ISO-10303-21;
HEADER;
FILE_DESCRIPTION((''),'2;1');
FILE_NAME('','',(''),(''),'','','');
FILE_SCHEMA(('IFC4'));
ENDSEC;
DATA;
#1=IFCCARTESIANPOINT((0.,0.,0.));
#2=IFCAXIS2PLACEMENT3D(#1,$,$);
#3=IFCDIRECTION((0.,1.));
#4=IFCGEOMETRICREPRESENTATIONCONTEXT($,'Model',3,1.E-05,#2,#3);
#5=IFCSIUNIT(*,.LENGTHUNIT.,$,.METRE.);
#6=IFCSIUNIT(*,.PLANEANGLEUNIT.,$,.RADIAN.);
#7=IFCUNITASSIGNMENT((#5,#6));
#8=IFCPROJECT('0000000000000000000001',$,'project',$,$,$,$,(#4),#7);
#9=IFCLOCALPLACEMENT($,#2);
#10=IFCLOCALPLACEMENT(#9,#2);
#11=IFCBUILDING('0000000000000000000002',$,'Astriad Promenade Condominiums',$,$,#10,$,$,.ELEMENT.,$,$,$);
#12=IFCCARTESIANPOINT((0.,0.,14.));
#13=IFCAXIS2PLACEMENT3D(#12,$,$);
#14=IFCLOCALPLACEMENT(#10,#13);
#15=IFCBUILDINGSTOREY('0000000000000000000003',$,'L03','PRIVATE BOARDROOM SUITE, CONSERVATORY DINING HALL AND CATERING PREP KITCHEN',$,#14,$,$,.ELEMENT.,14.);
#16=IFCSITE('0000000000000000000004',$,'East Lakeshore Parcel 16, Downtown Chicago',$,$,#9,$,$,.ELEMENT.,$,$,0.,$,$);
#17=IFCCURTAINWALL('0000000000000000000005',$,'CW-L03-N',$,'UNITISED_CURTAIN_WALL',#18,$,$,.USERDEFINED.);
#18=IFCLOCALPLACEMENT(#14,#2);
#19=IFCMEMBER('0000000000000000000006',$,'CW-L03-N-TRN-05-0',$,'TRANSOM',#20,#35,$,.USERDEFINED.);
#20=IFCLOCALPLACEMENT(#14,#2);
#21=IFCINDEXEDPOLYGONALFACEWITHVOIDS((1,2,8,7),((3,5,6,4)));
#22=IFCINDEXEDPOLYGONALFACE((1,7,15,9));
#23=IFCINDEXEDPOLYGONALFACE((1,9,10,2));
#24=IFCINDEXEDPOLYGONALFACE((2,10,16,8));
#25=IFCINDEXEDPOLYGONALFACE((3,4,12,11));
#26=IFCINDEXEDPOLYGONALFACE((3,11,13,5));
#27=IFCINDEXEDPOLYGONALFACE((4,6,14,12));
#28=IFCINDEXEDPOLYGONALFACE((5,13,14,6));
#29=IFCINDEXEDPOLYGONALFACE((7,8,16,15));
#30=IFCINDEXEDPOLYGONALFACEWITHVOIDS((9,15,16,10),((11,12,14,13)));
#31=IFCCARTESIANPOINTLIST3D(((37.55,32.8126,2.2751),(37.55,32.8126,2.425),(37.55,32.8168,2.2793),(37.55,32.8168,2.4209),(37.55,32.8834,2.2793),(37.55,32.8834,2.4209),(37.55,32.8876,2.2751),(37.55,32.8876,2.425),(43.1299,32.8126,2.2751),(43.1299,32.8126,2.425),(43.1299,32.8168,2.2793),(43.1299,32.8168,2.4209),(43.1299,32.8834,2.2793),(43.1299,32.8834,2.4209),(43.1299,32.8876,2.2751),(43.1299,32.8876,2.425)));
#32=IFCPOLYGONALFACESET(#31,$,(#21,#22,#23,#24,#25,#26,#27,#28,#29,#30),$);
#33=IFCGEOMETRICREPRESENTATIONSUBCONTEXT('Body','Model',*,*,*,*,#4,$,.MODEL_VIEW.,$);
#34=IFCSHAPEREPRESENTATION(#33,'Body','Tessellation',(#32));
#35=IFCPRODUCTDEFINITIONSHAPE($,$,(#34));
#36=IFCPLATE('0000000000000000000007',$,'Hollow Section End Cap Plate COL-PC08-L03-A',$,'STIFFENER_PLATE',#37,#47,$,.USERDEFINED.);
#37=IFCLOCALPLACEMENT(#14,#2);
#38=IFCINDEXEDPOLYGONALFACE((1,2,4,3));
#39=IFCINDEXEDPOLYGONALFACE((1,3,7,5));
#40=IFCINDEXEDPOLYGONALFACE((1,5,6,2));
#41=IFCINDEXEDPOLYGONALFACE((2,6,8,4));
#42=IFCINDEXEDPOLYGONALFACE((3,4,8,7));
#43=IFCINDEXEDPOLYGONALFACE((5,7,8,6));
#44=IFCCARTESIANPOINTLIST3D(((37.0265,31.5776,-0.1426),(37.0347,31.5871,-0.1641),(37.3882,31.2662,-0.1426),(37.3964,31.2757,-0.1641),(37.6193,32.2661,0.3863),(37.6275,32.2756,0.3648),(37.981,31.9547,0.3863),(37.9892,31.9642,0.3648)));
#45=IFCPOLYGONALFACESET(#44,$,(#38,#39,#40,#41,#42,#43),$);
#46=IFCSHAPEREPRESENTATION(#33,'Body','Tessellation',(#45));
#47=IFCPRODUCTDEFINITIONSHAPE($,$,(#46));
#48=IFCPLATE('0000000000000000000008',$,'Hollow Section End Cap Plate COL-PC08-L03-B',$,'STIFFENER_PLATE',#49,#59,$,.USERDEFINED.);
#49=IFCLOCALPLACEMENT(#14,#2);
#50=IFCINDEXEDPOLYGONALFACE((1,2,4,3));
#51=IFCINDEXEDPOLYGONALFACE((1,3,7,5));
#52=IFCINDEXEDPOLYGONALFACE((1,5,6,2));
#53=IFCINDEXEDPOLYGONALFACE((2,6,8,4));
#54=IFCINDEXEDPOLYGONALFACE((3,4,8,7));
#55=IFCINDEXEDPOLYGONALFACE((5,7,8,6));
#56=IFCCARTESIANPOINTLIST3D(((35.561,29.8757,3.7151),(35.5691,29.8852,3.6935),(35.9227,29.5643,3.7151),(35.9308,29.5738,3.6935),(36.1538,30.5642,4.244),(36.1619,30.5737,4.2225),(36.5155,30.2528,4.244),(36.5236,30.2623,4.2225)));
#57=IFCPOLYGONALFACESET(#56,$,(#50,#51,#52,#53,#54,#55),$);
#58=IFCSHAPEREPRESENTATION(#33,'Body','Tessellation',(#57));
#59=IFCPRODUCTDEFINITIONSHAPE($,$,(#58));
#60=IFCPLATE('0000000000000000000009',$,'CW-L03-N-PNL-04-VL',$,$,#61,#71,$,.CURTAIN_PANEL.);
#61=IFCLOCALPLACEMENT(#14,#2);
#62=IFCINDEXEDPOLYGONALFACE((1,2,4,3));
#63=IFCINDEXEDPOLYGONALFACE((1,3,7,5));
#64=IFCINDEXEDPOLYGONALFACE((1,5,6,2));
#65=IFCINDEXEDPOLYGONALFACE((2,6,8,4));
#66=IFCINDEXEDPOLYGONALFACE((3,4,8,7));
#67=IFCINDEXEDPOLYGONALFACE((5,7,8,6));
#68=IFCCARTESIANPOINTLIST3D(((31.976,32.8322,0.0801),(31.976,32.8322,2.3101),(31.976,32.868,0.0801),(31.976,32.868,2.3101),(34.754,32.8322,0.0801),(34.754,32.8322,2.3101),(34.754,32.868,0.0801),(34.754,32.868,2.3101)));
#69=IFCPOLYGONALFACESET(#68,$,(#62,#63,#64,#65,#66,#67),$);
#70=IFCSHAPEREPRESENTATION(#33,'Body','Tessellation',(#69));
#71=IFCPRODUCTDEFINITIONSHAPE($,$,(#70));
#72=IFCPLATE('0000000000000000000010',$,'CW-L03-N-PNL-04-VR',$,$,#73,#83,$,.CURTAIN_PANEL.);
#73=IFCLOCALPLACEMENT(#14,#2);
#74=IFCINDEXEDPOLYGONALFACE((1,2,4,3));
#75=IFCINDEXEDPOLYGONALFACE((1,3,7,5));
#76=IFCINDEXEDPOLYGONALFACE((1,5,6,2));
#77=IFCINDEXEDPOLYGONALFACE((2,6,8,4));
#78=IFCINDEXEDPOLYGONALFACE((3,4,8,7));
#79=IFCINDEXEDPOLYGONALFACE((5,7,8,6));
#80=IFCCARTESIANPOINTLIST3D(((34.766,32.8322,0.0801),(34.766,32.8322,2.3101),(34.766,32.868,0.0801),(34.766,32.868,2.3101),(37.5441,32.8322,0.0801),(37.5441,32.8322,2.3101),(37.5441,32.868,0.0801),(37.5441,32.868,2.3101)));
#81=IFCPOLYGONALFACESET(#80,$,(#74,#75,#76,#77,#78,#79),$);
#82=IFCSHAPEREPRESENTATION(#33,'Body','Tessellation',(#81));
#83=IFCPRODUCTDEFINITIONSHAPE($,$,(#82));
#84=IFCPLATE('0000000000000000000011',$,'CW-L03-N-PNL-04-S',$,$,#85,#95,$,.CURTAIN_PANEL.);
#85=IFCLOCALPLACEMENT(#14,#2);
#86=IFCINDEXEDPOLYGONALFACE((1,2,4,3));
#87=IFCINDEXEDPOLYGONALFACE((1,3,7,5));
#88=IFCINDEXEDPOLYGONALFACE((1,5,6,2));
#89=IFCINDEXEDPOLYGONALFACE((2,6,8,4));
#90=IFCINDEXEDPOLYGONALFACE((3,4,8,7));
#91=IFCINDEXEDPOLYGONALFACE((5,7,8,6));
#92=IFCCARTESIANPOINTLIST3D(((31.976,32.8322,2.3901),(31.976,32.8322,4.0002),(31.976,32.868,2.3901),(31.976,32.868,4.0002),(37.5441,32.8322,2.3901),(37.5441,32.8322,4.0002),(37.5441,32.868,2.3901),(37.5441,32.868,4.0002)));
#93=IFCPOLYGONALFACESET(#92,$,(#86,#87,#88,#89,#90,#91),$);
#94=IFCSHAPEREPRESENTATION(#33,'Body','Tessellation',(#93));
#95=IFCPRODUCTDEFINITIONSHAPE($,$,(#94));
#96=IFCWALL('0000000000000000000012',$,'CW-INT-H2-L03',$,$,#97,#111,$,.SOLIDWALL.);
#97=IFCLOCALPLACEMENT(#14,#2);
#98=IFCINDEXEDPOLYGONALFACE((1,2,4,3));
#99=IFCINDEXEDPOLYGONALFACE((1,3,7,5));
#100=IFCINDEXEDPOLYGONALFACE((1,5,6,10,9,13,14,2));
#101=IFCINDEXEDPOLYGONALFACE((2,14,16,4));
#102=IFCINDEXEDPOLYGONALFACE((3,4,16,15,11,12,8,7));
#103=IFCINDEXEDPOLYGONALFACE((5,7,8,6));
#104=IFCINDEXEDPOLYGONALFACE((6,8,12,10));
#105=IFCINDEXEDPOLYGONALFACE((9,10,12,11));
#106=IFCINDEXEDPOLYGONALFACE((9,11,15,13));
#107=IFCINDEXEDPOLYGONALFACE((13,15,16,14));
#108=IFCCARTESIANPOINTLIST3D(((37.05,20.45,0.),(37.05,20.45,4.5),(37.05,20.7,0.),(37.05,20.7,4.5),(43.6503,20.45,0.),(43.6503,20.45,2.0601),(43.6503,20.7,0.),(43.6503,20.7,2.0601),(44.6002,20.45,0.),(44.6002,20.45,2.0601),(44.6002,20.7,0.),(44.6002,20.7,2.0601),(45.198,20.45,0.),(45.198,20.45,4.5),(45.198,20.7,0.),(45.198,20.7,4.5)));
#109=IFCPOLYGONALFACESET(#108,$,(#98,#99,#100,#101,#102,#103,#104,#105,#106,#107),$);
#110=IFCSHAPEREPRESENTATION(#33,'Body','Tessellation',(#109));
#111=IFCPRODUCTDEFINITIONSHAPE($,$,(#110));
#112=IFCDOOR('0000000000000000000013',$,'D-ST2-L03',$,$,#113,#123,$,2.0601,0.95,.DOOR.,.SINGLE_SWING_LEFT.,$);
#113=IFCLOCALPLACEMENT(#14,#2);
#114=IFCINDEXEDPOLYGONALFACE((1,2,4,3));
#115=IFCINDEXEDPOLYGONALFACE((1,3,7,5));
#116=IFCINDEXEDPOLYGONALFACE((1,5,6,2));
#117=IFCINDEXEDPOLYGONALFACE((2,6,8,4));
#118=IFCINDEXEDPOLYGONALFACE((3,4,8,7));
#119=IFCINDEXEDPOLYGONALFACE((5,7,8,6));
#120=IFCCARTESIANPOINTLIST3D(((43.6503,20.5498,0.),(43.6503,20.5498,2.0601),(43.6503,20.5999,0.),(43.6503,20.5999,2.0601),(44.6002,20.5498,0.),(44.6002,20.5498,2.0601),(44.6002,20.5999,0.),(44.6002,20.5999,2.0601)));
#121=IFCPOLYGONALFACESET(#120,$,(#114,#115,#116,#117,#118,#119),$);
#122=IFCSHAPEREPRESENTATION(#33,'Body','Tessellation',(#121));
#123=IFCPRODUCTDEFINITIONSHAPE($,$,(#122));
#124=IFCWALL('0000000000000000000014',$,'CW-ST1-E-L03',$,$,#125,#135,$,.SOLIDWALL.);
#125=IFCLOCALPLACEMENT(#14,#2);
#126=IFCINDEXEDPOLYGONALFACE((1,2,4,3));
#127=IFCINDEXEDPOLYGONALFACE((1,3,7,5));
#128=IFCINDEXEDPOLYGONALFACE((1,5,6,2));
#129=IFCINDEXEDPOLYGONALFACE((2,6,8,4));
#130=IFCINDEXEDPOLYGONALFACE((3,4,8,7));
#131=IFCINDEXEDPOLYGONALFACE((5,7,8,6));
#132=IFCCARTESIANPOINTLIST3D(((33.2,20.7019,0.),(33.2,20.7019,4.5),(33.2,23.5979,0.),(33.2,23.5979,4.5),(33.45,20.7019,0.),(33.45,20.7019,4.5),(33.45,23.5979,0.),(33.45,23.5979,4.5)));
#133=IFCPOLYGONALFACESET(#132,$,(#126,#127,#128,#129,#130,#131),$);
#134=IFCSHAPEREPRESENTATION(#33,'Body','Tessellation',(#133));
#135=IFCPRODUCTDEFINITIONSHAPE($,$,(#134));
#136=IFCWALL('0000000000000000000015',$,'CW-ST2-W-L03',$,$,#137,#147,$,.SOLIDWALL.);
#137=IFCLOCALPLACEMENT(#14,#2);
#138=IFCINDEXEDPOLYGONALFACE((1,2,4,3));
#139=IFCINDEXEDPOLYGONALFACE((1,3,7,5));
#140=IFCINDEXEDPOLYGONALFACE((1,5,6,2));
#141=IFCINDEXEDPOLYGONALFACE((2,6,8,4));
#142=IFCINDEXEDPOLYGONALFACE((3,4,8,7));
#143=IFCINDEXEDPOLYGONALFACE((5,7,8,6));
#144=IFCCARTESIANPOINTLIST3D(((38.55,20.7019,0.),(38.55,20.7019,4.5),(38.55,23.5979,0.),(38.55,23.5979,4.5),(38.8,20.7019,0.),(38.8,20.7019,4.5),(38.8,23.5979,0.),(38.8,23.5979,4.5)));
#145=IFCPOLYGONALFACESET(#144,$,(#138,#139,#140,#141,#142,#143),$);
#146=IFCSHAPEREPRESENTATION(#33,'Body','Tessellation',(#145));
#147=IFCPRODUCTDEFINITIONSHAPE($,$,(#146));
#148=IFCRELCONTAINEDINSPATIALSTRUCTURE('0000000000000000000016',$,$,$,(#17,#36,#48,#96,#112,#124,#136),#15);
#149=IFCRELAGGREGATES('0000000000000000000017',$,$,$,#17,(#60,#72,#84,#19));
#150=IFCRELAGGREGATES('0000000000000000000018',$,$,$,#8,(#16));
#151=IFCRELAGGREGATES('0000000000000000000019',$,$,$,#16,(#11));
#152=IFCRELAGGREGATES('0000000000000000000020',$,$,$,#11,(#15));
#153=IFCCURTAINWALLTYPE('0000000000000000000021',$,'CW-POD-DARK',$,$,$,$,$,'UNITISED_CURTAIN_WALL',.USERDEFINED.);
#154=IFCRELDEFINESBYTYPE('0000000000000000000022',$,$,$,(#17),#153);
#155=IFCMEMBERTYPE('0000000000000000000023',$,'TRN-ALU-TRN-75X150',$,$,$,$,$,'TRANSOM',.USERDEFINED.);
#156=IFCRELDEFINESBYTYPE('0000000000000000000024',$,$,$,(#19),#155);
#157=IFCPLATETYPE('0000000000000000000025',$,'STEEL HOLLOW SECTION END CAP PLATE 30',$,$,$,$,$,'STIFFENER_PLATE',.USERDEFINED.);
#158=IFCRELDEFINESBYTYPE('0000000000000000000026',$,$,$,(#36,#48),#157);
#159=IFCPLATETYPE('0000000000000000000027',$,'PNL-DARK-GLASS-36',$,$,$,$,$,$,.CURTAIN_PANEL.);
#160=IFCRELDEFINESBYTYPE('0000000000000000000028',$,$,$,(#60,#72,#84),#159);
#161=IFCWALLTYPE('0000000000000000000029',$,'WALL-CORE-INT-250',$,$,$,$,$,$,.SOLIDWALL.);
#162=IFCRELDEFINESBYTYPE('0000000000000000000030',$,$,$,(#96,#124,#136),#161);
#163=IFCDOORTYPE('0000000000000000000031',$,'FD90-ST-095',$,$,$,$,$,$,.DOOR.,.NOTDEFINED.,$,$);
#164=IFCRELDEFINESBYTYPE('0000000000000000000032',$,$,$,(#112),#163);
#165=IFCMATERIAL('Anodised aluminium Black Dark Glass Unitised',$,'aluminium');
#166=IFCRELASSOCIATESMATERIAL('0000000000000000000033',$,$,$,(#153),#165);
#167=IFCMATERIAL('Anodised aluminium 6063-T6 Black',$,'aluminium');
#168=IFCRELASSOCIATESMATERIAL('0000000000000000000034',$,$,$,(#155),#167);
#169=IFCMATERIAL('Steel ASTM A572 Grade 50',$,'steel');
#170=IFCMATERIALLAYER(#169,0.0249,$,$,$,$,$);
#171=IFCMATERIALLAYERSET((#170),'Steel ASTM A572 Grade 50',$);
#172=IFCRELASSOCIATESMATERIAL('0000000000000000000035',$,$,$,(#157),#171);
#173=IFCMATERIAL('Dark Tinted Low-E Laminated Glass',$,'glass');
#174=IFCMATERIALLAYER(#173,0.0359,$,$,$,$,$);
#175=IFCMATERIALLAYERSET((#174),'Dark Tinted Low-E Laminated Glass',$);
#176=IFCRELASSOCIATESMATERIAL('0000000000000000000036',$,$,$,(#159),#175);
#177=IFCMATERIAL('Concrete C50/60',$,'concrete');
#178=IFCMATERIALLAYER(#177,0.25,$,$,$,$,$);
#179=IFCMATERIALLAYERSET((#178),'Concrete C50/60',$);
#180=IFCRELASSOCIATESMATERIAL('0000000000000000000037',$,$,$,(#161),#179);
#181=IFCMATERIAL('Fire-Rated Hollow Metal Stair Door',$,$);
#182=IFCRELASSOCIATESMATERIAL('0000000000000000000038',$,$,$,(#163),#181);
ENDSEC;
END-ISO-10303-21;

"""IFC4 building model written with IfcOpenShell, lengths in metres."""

from ifc_helpers import new_model, si_unit, direction, frame, frame_2d, origin, origin_2d, place, context, subcontext, project, spatial, rectangle, hollow_rectangle, extrude, source, transform, mapped, material, layer, layer_set, material_profile, profile_set, type_object, type_shapes, element, fill, aggregate, save


model = new_model("IFC4")

# Units and contexts
model_context = context("Model", 3, precision=1e-05, world=origin(), true_north=direction((0.0, 1.0)))
body_context = subcontext(model_context, "Body", "Model", "MODEL_VIEW")
ifc_project = project(units=[si_unit("LENGTHUNIT", "METRE"), si_unit("PLANEANGLEUNIT", "RADIAN")], contexts=[model_context])

# Site, building, storey
site_placement = place(None, origin())
site = spatial("IfcSite", under=ifc_project, at=site_placement, Name="East Lakeshore Parcel 16, Downtown Chicago", CompositionType="ELEMENT", RefElevation=0.0)
building_placement = place(site_placement, origin())
building = spatial("IfcBuilding", under=site, at=building_placement, Name="Astriad Promenade Condominiums", CompositionType="ELEMENT")
storey_placement = place(building_placement, frame((0.0, 0.0, 14.0)))
storey = spatial("IfcBuildingStorey", under=building, at=storey_placement, Name="L03", Description="PRIVATE BOARDROOM SUITE, CONSERVATORY DINING HALL AND CATERING PREP KITCHEN", CompositionType="ELEMENT", Elevation=14.0)

# Curtain wall, member
ifc_material_1 = material(Name="Anodised aluminium Black Dark Glass Unitised", Category="aluminium")
curtain_wall_type = type_object("IfcCurtainWallType", Name="CW-POD-DARK", ElementType="UNITISED_CURTAIN_WALL", PredefinedType="USERDEFINED", material=ifc_material_1)
curtain_wall_placement = place(storey_placement, origin())
curtain_wall = element("IfcCurtainWall", 1, at=curtain_wall_placement, inside=storey, type_object=curtain_wall_type, Name="CW-L03-N", ObjectType="UNITISED_CURTAIN_WALL", PredefinedType="USERDEFINED")
ifc_material_2 = material(Name="Anodised aluminium 6063-T6 Black", Category="aluminium")
ifc_material_profile_1 = material_profile(ifc_material_2, hollow_rectangle(XDim=0.075, YDim=0.1499, WallThickness=0.0042, at=origin_2d()), Name="ALU-TRN-75X150")
ifc_profile_set_1 = profile_set([ifc_material_profile_1], Name="Anodised aluminium 6063-T6 Black")
member_type_1 = type_object("IfcMemberType", Name="TRN-ALU-TRN-75X150", ElementType="TRANSOM", PredefinedType="USERDEFINED", material=ifc_profile_set_1)
shared_shape_1 = source(origin(), body_context, "Body", "SweptSolid", [
    extrude(hollow_rectangle(XDim=0.075, YDim=0.1499, WallThickness=0.0042, at=origin_2d()), origin(), (0.0, 0.0, 1.0), 5.5798),
])
type_shapes(member_type_1, [shared_shape_1])
member_1_placement = place(storey_placement, frame((37.55, 32.8501, 2.3501), z_axis=(1.0, 0.0, 0.0), x_axis=(0.0, 1.0, 0.0)))
member_1 = element("IfcMember", 2, at=member_1_placement, type_object=member_type_1, Name="CW-L03-N-TRN-05-0", ObjectType="TRANSOM", PredefinedType="USERDEFINED", context=body_context, shape_type="MappedRepresentation", body=[
    mapped(shared_shape_1, transform((0.0, 0.0, 0.0), scale=1.0)),
])

# Plates
ifc_material_3 = material(Name="Steel ASTM A572 Grade 50", Category="steel")
ifc_layer_1 = layer(ifc_material_3, 0.0249)
ifc_layer_set_1 = layer_set([ifc_layer_1], Name="Steel ASTM A572 Grade 50")
plate_type_1 = type_object("IfcPlateType", Name="STEEL HOLLOW SECTION END CAP PLATE 30", ElementType="STIFFENER_PLATE", PredefinedType="USERDEFINED", material=ifc_layer_set_1)
shared_shape_2 = source(origin(), body_context, "Body", "SweptSolid", [
    extrude(rectangle(XDim=0.4773, YDim=1.0513, at=origin_2d()), origin(), (0.0, 0.0, 1.0), 0.0249),
])
type_shapes(plate_type_1, [shared_shape_2])
for number, where, z_axis, x_axis, name in (
    (3, (37.512, 31.7756, 0.1003), (-0.32829, -0.381278, 0.864206), (0.757801, -0.652486, 0.0), "Hollow Section End Cap Plate COL-PC08-L03-A"),
    (4, (36.0464, 30.0737, 3.958), (-0.32829, -0.381278, 0.864206), (0.757801, -0.652486, 0.0), "Hollow Section End Cap Plate COL-PC08-L03-B"),
):
    element("IfcPlate", number, at=place(storey_placement, frame(where, z_axis=z_axis, x_axis=x_axis)), inside=storey, type_object=plate_type_1, Name=name, ObjectType="STIFFENER_PLATE", PredefinedType="USERDEFINED", context=body_context, shape_type="MappedRepresentation", body=[
        mapped(shared_shape_2, transform((0.0, 0.0, 0.0), scale=1.0)),
    ])

# Plates
ifc_material_4 = material(Name="Dark Tinted Low-E Laminated Glass", Category="glass")
ifc_layer_2 = layer(ifc_material_4, 0.0359)
ifc_layer_set_2 = layer_set([ifc_layer_2], Name="Dark Tinted Low-E Laminated Glass")
plate_type_2 = type_object("IfcPlateType", Name="PNL-DARK-GLASS-36", PredefinedType="CURTAIN_PANEL", material=ifc_layer_set_2)
shared_shape_3 = source(origin(), body_context, "Body", "SweptSolid", [
    extrude(rectangle(XDim=2.7781, YDim=0.0359, at=origin_2d()), origin(), (0.0, 0.0, 1.0), 2.23),
])
plate_1_placement = place(storey_placement, frame((33.365, 32.8501, 0.0801), z_axis=(0.0, 0.0, 1.0), x_axis=(1.0, 0.0, 0.0)))
plate_1 = element("IfcPlate", 5, at=plate_1_placement, type_object=plate_type_2, Name="CW-L03-N-PNL-04-VL", PredefinedType="CURTAIN_PANEL", context=body_context, shape_type="MappedRepresentation", body=[
    mapped(shared_shape_3, transform((0.0, 0.0, 0.0), scale=1.0)),
])
plate_2_placement = place(storey_placement, frame((36.155, 32.8501, 0.0801), z_axis=(0.0, 0.0, 1.0), x_axis=(1.0, 0.0, 0.0)))
plate_2 = element("IfcPlate", 6, at=plate_2_placement, type_object=plate_type_2, Name="CW-L03-N-PNL-04-VR", PredefinedType="CURTAIN_PANEL", context=body_context, shape_type="MappedRepresentation", body=[
    mapped(shared_shape_3, transform((0.0, 0.0, 0.0), scale=1.0)),
])
shared_shape_4 = source(origin(), body_context, "Body", "SweptSolid", [
    extrude(rectangle(XDim=5.5681, YDim=0.0359, at=origin_2d()), origin(), (0.0, 0.0, 1.0), 1.6101),
])
type_shapes(plate_type_2, [shared_shape_3, shared_shape_4])
plate_3_placement = place(storey_placement, frame((34.76, 32.8501, 2.3901), z_axis=(0.0, 0.0, 1.0), x_axis=(1.0, 0.0, 0.0)))
plate_3 = element("IfcPlate", 7, at=plate_3_placement, type_object=plate_type_2, Name="CW-L03-N-PNL-04-S", PredefinedType="CURTAIN_PANEL", context=body_context, shape_type="MappedRepresentation", body=[
    mapped(shared_shape_4, transform((0.0, 0.0, 0.0), scale=1.0)),
])
aggregate(curtain_wall, [plate_1, plate_2, plate_3, member_1])

# Wall, opening, door
ifc_material_5 = material(Name="Concrete C50/60", Category="concrete")
ifc_layer_3 = layer(ifc_material_5, 0.25)
ifc_layer_set_3 = layer_set([ifc_layer_3], Name="Concrete C50/60")
wall_type_1 = type_object("IfcWallType", Name="WALL-CORE-INT-250", PredefinedType="SOLIDWALL", material=ifc_layer_set_3)
wall_1_placement = place(storey_placement, frame((37.05, 20.575, 0.0), z_axis=(0.0, 0.0, 1.0), x_axis=(1.0, 0.0, 0.0)))
wall_1 = element("IfcWall", 8, at=wall_1_placement, inside=storey, type_object=wall_type_1, Name="CW-INT-H2-L03", PredefinedType="SOLIDWALL", context=body_context, shape_type="SweptSolid", body=[
    extrude(rectangle(XDim=8.1479, YDim=0.25, at=frame_2d((4.074, 0.0))), origin(), (0.0, 0.0, 1.0), 4.5),
])
opening_1_placement = place(wall_1_placement, frame((6.6001, 0.0, 0.0)))
opening_1 = element("IfcOpeningElement", 9, at=opening_1_placement, cuts=wall_1, PredefinedType="OPENING", context=body_context, shape_type="SweptSolid", body=[
    extrude(rectangle(XDim=0.95, YDim=2.0601, at=frame_2d((0.4751, 1.03))), frame((0.0, 0.135, 0.0), z_axis=(0.0, -1.0, 0.0), x_axis=(1.0, 0.0, 0.0)), (0.0, 0.0, 1.0), 0.27),
])
ifc_material_6 = material(Name="Fire-Rated Hollow Metal Stair Door")
door_type_1 = type_object("IfcDoorType", Name="FD90-ST-095", OperationType="NOTDEFINED", PredefinedType="DOOR", material=ifc_material_6)
shared_shape_5 = source(origin(), body_context, "Body", "SweptSolid", [
    extrude(rectangle(XDim=0.95, YDim=2.0601, at=frame_2d((0.4751, 1.03))), frame((0.0, 0.0249, 0.0), z_axis=(0.0, -1.0, 0.0), x_axis=(1.0, 0.0, 0.0)), (0.0, 0.0, 1.0), 0.05),
])
type_shapes(door_type_1, [shared_shape_5])
door_1_placement = place(opening_1_placement, origin())
door_1 = element("IfcDoor", 10, at=door_1_placement, inside=storey, type_object=door_type_1, Name="D-ST2-L03", OperationType="SINGLE_SWING_LEFT", OverallHeight=2.0601, OverallWidth=0.95, PredefinedType="DOOR", context=body_context, shape_type="MappedRepresentation", body=[
    mapped(shared_shape_5, transform((0.0, 0.0, 0.0), scale=1.0)),
])
fill(opening_1, door_1)

# Walls
for number, where, z_axis, x_axis, name in (
    (11, (33.325, 20.7019, 0.0), (0.0, 0.0, 1.0), (0.0, 1.0, 0.0), "CW-ST1-E-L03"),
    (12, (38.675, 20.7019, 0.0), (0.0, 0.0, 1.0), (0.0, 1.0, 0.0), "CW-ST2-W-L03"),
):
    element("IfcWall", number, at=place(storey_placement, frame(where, z_axis=z_axis, x_axis=x_axis)), inside=storey, type_object=wall_type_1, Name=name, PredefinedType="SOLIDWALL", context=body_context, shape_type="SweptSolid", body=[
        extrude(rectangle(XDim=2.896, YDim=0.25, at=frame_2d((1.448, 0.0))), origin(), (0.0, 0.0, 1.0), 4.5),
    ])

save(model, "model.ifc")
